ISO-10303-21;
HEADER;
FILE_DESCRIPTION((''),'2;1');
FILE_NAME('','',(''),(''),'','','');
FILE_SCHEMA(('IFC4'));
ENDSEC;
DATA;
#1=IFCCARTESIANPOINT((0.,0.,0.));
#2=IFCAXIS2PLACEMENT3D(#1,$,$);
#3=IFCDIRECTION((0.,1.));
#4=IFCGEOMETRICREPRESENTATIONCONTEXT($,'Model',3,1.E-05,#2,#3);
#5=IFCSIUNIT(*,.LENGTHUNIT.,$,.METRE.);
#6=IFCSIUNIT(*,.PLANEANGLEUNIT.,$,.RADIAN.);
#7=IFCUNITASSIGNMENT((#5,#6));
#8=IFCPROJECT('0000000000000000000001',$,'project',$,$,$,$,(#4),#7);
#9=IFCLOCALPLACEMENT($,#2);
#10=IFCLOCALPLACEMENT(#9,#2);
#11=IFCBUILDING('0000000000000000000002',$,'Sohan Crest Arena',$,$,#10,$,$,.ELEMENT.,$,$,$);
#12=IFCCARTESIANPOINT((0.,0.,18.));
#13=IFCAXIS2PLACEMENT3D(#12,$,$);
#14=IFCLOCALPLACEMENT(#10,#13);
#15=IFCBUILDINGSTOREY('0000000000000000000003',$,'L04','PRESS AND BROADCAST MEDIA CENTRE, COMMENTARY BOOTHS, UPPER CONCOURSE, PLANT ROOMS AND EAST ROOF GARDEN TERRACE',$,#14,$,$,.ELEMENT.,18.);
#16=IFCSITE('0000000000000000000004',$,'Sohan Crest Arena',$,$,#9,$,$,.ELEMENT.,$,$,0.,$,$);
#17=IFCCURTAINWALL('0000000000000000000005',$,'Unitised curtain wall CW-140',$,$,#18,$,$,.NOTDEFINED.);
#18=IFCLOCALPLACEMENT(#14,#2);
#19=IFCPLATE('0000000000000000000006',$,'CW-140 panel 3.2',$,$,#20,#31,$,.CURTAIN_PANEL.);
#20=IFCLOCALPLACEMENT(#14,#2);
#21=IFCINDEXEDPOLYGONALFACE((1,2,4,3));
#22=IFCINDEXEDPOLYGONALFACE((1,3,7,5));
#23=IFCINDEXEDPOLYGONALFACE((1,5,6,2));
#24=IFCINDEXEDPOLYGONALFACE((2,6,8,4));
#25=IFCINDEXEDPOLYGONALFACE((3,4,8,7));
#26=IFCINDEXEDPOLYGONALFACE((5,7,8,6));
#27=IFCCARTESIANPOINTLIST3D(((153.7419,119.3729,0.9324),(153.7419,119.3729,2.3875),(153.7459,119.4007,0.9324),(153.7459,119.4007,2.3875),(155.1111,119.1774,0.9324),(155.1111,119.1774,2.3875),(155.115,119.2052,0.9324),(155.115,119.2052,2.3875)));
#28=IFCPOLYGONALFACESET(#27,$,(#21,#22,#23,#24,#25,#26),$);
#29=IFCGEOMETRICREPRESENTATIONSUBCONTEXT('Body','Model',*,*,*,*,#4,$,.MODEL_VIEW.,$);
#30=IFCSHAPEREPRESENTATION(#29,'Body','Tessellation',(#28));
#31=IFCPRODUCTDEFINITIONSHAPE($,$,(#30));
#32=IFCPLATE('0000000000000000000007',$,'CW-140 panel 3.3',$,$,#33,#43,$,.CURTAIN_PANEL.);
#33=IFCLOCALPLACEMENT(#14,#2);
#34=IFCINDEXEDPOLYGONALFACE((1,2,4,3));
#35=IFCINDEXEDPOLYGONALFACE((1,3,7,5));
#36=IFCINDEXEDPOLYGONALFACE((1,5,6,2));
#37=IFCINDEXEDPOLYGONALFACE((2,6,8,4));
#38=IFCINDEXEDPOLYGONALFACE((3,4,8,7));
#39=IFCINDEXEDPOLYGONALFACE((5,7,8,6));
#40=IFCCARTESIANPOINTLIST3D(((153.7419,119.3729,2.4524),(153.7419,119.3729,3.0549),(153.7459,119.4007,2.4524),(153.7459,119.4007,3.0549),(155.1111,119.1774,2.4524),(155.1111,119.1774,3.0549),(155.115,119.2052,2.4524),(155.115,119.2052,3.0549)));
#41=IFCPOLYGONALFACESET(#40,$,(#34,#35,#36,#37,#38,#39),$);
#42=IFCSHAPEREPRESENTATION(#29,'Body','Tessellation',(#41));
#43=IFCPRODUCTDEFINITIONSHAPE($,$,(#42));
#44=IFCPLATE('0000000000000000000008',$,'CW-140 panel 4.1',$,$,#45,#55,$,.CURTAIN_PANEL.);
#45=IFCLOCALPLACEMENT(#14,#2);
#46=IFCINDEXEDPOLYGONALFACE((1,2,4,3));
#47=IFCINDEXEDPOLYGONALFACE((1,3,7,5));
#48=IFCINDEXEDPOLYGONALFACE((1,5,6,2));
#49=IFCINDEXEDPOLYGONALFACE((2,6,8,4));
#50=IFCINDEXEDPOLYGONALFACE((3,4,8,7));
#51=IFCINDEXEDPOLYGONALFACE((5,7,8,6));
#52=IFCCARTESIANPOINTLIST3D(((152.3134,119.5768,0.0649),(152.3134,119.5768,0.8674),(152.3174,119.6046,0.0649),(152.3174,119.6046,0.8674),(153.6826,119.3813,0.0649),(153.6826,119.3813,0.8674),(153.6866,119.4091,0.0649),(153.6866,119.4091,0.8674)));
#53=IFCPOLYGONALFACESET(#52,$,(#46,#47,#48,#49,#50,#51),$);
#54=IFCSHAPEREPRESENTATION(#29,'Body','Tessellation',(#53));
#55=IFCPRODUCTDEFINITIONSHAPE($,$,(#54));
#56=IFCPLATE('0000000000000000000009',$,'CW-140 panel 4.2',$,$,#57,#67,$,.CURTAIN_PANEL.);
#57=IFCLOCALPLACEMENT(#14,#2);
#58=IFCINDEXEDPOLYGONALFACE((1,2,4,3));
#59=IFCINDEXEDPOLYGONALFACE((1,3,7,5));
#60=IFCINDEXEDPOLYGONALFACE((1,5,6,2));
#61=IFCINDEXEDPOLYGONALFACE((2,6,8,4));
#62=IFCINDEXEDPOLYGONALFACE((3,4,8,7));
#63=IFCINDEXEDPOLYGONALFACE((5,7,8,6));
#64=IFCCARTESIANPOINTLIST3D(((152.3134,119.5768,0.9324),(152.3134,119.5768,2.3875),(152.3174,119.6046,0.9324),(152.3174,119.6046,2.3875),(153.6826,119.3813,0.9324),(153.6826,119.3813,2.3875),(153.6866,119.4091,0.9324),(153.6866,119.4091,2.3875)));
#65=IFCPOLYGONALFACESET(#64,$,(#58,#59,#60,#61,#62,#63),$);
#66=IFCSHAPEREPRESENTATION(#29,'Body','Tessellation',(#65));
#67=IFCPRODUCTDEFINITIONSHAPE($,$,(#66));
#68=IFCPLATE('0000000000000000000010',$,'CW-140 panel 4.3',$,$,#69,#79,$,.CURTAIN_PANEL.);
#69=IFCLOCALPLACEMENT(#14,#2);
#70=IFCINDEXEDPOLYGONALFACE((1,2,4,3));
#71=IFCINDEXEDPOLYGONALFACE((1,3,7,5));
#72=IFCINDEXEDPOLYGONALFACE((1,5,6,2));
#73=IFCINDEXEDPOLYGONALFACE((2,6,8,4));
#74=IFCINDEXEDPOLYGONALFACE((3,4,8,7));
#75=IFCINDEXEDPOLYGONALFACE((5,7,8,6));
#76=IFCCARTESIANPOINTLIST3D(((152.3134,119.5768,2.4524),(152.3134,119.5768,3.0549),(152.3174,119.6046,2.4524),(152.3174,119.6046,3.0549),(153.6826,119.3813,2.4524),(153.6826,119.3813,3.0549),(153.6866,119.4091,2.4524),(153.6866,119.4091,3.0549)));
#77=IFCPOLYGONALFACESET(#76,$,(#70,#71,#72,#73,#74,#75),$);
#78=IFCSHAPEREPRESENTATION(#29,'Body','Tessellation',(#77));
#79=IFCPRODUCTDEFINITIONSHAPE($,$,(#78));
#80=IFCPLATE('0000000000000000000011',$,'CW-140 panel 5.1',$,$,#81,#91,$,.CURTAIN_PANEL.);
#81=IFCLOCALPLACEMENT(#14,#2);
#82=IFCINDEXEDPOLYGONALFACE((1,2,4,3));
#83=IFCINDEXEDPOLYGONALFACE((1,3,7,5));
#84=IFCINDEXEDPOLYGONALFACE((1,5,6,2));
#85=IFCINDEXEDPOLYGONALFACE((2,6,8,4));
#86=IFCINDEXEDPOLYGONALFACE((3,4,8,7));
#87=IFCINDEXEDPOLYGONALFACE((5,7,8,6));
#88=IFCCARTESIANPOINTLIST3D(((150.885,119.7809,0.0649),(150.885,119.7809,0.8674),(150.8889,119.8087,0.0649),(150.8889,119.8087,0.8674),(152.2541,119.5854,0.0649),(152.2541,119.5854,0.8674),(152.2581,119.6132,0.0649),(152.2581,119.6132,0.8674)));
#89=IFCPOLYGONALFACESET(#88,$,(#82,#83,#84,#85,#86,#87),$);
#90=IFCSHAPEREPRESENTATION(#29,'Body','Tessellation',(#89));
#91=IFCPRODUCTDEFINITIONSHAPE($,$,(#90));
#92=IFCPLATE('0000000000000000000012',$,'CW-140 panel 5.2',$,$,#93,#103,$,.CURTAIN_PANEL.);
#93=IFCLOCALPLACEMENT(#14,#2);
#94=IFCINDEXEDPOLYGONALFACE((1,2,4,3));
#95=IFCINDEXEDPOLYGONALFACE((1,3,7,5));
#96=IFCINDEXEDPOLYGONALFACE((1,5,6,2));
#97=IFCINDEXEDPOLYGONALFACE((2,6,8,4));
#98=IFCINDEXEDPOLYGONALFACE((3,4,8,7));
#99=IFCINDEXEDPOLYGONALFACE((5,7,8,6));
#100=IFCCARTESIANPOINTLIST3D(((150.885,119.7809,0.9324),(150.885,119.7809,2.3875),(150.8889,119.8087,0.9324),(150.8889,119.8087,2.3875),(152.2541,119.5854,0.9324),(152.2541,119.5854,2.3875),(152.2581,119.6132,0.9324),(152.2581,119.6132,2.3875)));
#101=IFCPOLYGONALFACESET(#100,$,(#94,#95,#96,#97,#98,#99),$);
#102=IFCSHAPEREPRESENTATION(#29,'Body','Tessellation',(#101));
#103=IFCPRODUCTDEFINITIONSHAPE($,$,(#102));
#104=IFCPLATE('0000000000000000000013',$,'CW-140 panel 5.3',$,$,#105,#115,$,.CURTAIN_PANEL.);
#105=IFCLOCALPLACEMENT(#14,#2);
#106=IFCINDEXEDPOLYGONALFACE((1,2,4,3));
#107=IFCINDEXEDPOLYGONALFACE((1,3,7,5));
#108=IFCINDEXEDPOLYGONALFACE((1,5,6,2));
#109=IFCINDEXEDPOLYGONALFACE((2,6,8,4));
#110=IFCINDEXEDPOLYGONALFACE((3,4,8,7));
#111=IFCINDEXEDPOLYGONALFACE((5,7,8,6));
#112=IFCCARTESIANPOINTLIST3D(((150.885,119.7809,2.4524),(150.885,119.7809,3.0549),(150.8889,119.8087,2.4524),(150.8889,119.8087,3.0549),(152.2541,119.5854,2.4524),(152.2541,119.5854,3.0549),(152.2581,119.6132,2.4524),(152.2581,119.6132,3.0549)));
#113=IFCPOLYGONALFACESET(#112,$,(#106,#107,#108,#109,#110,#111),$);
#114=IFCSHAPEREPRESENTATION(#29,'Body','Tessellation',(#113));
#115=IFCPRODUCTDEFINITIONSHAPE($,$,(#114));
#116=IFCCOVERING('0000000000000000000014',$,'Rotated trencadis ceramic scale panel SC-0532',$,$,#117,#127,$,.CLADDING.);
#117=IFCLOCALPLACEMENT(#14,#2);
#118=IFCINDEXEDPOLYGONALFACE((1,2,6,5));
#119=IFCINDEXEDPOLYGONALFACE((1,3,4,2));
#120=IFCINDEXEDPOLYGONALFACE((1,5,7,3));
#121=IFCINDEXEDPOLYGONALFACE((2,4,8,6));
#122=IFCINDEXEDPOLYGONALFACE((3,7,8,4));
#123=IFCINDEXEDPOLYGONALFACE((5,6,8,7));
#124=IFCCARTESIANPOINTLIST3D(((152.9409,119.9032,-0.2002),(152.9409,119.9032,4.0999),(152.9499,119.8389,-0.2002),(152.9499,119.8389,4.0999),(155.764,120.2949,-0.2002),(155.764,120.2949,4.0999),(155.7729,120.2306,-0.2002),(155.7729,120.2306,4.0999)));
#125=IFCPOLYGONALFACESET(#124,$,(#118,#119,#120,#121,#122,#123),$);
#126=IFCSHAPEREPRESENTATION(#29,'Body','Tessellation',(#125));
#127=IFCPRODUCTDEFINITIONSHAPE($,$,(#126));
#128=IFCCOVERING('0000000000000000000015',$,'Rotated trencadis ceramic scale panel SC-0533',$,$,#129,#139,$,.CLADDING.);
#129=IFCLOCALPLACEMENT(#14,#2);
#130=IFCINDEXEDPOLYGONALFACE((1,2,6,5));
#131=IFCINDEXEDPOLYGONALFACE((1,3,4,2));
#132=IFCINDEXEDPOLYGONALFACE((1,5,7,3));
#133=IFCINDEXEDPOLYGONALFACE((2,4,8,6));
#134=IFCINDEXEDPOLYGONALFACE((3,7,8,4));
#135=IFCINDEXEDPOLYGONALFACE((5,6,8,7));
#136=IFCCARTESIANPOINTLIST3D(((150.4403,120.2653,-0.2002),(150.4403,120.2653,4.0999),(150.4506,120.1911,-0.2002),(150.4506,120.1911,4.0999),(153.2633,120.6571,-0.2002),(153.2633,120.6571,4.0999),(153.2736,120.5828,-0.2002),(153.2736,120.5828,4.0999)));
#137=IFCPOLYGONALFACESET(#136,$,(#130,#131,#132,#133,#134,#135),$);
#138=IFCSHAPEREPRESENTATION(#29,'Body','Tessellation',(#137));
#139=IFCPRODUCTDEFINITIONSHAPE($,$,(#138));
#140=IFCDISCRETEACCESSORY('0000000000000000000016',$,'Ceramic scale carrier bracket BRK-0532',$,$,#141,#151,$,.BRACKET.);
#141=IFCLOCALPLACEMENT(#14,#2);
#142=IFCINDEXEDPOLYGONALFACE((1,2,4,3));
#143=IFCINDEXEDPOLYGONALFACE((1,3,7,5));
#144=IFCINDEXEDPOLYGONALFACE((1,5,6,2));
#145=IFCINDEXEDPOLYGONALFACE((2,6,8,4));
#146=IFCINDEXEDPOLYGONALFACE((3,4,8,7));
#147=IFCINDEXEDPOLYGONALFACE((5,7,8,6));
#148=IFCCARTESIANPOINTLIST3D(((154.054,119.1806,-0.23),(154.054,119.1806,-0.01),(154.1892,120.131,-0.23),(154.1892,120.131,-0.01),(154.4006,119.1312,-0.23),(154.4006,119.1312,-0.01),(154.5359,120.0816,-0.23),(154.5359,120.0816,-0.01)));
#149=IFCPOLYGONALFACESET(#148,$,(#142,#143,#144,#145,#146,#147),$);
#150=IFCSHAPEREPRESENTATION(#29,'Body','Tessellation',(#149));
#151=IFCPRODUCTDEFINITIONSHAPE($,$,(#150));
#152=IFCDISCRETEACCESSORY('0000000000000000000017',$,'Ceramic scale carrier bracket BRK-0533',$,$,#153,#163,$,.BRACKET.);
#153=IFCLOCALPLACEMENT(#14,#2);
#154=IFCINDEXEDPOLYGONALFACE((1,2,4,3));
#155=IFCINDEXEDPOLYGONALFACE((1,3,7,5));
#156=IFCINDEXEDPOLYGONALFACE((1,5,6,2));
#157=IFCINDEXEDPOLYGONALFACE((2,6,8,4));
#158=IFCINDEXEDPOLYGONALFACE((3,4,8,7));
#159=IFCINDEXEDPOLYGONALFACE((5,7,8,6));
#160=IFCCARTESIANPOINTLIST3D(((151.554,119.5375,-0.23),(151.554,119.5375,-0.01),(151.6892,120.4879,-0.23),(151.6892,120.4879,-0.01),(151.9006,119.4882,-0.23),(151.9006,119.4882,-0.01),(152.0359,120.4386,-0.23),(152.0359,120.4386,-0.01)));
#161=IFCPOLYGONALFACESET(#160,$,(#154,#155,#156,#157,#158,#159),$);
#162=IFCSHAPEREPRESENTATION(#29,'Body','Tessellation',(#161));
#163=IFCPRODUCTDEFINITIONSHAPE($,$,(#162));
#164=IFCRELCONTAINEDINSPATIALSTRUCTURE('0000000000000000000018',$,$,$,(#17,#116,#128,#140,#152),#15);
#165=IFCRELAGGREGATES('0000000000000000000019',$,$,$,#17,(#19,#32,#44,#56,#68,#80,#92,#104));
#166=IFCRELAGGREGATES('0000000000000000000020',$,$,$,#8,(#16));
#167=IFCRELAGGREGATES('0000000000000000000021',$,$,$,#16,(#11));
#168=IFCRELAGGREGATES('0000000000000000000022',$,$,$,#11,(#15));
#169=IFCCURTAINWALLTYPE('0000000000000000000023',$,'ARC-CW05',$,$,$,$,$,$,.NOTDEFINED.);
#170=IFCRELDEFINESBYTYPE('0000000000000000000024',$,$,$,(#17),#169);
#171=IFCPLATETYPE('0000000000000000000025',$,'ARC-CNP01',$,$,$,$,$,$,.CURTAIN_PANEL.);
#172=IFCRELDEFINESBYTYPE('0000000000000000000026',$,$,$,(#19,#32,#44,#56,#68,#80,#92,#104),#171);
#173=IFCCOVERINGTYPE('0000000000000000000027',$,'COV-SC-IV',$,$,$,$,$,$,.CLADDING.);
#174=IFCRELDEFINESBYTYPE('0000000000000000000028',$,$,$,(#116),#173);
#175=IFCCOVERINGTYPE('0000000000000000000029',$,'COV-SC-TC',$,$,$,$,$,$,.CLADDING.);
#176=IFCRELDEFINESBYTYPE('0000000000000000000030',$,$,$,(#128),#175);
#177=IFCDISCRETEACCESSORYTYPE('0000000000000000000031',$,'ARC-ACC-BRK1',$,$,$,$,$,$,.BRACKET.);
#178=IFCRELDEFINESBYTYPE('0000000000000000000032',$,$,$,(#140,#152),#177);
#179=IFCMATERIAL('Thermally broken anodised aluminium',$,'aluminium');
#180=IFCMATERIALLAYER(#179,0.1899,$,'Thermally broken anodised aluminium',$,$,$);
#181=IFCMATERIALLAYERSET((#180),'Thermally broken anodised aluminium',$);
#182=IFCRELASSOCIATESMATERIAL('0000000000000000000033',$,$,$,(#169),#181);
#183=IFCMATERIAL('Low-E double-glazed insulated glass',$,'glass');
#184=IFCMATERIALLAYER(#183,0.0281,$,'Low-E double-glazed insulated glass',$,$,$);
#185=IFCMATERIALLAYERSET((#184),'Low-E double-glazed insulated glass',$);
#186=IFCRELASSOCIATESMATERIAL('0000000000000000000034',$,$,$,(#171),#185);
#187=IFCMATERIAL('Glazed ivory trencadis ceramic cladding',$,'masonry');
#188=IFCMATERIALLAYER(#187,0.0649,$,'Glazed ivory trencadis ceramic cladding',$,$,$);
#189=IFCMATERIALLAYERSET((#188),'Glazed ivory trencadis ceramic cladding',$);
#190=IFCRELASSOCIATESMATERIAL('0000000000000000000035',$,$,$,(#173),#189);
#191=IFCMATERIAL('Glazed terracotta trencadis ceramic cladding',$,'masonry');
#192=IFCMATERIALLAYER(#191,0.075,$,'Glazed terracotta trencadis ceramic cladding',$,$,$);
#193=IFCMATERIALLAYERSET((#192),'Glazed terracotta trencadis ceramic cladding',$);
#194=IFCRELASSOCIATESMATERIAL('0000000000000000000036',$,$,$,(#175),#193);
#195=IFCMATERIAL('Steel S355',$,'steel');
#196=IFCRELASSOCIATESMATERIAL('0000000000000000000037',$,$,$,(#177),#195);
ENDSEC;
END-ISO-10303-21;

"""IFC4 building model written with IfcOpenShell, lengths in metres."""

from ifc_helpers import new_model, si_unit, direction, frame, origin, origin_2d, place, context, subcontext, project, spatial, rectangle, extrude, material, layer, layer_set, type_object, element, aggregate, save


model = new_model("IFC4")

# Units and contexts
model_context = context("Model", 3, precision=1e-05, world=origin(), true_north=direction((0.0, 1.0)))
body_context = subcontext(model_context, "Body", "Model", "MODEL_VIEW")
ifc_project = project(units=[si_unit("LENGTHUNIT", "METRE"), si_unit("PLANEANGLEUNIT", "RADIAN")], contexts=[model_context])

# Site, building, storey
site_placement = place(None, origin())
site = spatial("IfcSite", under=ifc_project, at=site_placement, Name="Sohan Crest Arena", CompositionType="ELEMENT", RefElevation=0.0)
building_placement = place(site_placement, origin())
building = spatial("IfcBuilding", under=site, at=building_placement, Name="Sohan Crest Arena", CompositionType="ELEMENT")
storey_placement = place(building_placement, frame((0.0, 0.0, 18.0)))
storey = spatial("IfcBuildingStorey", under=building, at=storey_placement, Name="L04", Description="PRESS AND BROADCAST MEDIA CENTRE, COMMENTARY BOOTHS, UPPER CONCOURSE, PLANT ROOMS AND EAST ROOF GARDEN TERRACE", CompositionType="ELEMENT", Elevation=18.0)

# Curtain wall, plates
ifc_material_1 = material(Name="Thermally broken anodised aluminium", Category="aluminium")
ifc_layer_1 = layer(ifc_material_1, 0.1899, Name="Thermally broken anodised aluminium")
ifc_layer_set_1 = layer_set([ifc_layer_1], Name="Thermally broken anodised aluminium")
curtain_wall_type = type_object("IfcCurtainWallType", Name="ARC-CW05", PredefinedType="NOTDEFINED", material=ifc_layer_set_1)
curtain_wall_placement = place(storey_placement, origin())
curtain_wall = element("IfcCurtainWall", 1, at=curtain_wall_placement, inside=storey, type_object=curtain_wall_type, Name="Unitised curtain wall CW-140", PredefinedType="NOTDEFINED")
ifc_material_2 = material(Name="Low-E double-glazed insulated glass", Category="glass")
ifc_layer_2 = layer(ifc_material_2, 0.0281, Name="Low-E double-glazed insulated glass")
ifc_layer_set_2 = layer_set([ifc_layer_2], Name="Low-E double-glazed insulated glass")
plate_type = type_object("IfcPlateType", Name="ARC-CNP01", PredefinedType="CURTAIN_PANEL", material=ifc_layer_set_2)
plate_1_placement = place(storey_placement, frame((154.4285, 119.2891, 0.9324), z_axis=(0.0, 0.0, 1.0), x_axis=(-0.989957, 0.141366, 0.0)))
plate_1 = element("IfcPlate", 2, at=plate_1_placement, type_object=plate_type, Name="CW-140 panel 3.2", PredefinedType="CURTAIN_PANEL", context=body_context, shape_type="SweptSolid", body=[
    extrude(rectangle(XDim=1.3831, YDim=0.0281, at=origin_2d()), origin(), (0.0, 0.0, 1.0), 1.4551),
])
plate_2_placement = place(storey_placement, frame((154.4285, 119.2891, 2.4524), z_axis=(0.0, 0.0, 1.0), x_axis=(-0.989957, 0.141366, 0.0)))
plate_2 = element("IfcPlate", 3, at=plate_2_placement, type_object=plate_type, Name="CW-140 panel 3.3", PredefinedType="CURTAIN_PANEL", context=body_context, shape_type="SweptSolid", body=[
    extrude(rectangle(XDim=1.3831, YDim=0.0281, at=origin_2d()), origin(), (0.0, 0.0, 1.0), 0.6025),
])
plate_3_placement = place(storey_placement, frame((153.0, 119.4929, 0.0649), z_axis=(0.0, 0.0, 1.0), x_axis=(-0.989957, 0.141366, 0.0)))
plate_3 = element("IfcPlate", 4, at=plate_3_placement, type_object=plate_type, Name="CW-140 panel 4.1", PredefinedType="CURTAIN_PANEL", context=body_context, shape_type="SweptSolid", body=[
    extrude(rectangle(XDim=1.3831, YDim=0.0281, at=origin_2d()), origin(), (0.0, 0.0, 1.0), 0.8025),
])
plate_4_placement = place(storey_placement, frame((153.0, 119.4929, 0.9324), z_axis=(0.0, 0.0, 1.0), x_axis=(-0.989957, 0.141366, 0.0)))
plate_4 = element("IfcPlate", 5, at=plate_4_placement, type_object=plate_type, Name="CW-140 panel 4.2", PredefinedType="CURTAIN_PANEL", context=body_context, shape_type="SweptSolid", body=[
    extrude(rectangle(XDim=1.3831, YDim=0.0281, at=origin_2d()), origin(), (0.0, 0.0, 1.0), 1.4551),
])
plate_5_placement = place(storey_placement, frame((153.0, 119.4929, 2.4524), z_axis=(0.0, 0.0, 1.0), x_axis=(-0.989957, 0.141366, 0.0)))
plate_5 = element("IfcPlate", 6, at=plate_5_placement, type_object=plate_type, Name="CW-140 panel 4.3", PredefinedType="CURTAIN_PANEL", context=body_context, shape_type="SweptSolid", body=[
    extrude(rectangle(XDim=1.3831, YDim=0.0281, at=origin_2d()), origin(), (0.0, 0.0, 1.0), 0.6025),
])
plate_6_placement = place(storey_placement, frame((151.5715, 119.697, 0.0649), z_axis=(0.0, 0.0, 1.0), x_axis=(-0.989957, 0.141366, 0.0)))
plate_6 = element("IfcPlate", 7, at=plate_6_placement, type_object=plate_type, Name="CW-140 panel 5.1", PredefinedType="CURTAIN_PANEL", context=body_context, shape_type="SweptSolid", body=[
    extrude(rectangle(XDim=1.3831, YDim=0.0281, at=origin_2d()), origin(), (0.0, 0.0, 1.0), 0.8025),
])
plate_7_placement = place(storey_placement, frame((151.5715, 119.697, 0.9324), z_axis=(0.0, 0.0, 1.0), x_axis=(-0.989957, 0.141366, 0.0)))
plate_7 = element("IfcPlate", 8, at=plate_7_placement, type_object=plate_type, Name="CW-140 panel 5.2", PredefinedType="CURTAIN_PANEL", context=body_context, shape_type="SweptSolid", body=[
    extrude(rectangle(XDim=1.3831, YDim=0.0281, at=origin_2d()), origin(), (0.0, 0.0, 1.0), 1.4551),
])
plate_8_placement = place(storey_placement, frame((151.5715, 119.697, 2.4524), z_axis=(0.0, 0.0, 1.0), x_axis=(-0.989957, 0.141366, 0.0)))
plate_8 = element("IfcPlate", 9, at=plate_8_placement, type_object=plate_type, Name="CW-140 panel 5.3", PredefinedType="CURTAIN_PANEL", context=body_context, shape_type="SweptSolid", body=[
    extrude(rectangle(XDim=1.3831, YDim=0.0281, at=origin_2d()), origin(), (0.0, 0.0, 1.0), 0.6025),
])
aggregate(curtain_wall, [plate_1, plate_2, plate_3, plate_4, plate_5, plate_6, plate_7, plate_8])

# Coverings
ifc_material_3 = material(Name="Glazed ivory trencadis ceramic cladding", Category="masonry")
ifc_layer_3 = layer(ifc_material_3, 0.0649, Name="Glazed ivory trencadis ceramic cladding")
ifc_layer_set_3 = layer_set([ifc_layer_3], Name="Glazed ivory trencadis ceramic cladding")
covering_type_1 = type_object("IfcCoveringType", Name="COV-SC-IV", PredefinedType="CLADDING", material=ifc_layer_set_3)
covering_1_placement = place(storey_placement, frame((154.3569, 120.0669, -0.2002), z_axis=(0.0, 0.0, 1.0), x_axis=(-0.990509, -0.137445, 0.0)))
element("IfcCovering", 10, at=covering_1_placement, inside=storey, type_object=covering_type_1, Name="Rotated trencadis ceramic scale panel SC-0532", PredefinedType="CLADDING", context=body_context, shape_type="SweptSolid", body=[
    extrude(rectangle(XDim=2.8501, YDim=0.0649, at=origin_2d()), origin(), (0.0, 0.0, 1.0), 4.3),
])
ifc_material_4 = material(Name="Glazed terracotta trencadis ceramic cladding", Category="masonry")
ifc_layer_4 = layer(ifc_material_4, 0.075, Name="Glazed terracotta trencadis ceramic cladding")
ifc_layer_set_4 = layer_set([ifc_layer_4], Name="Glazed terracotta trencadis ceramic cladding")
covering_type_2 = type_object("IfcCoveringType", Name="COV-SC-TC", PredefinedType="CLADDING", material=ifc_layer_set_4)
covering_2_placement = place(storey_placement, frame((151.8569, 120.4241, -0.2002), z_axis=(0.0, 0.0, 1.0), x_axis=(-0.990509, -0.137445, 0.0)))
element("IfcCovering", 11, at=covering_2_placement, inside=storey, type_object=covering_type_2, Name="Rotated trencadis ceramic scale panel SC-0533", PredefinedType="CLADDING", context=body_context, shape_type="SweptSolid", body=[
    extrude(rectangle(XDim=2.8501, YDim=0.075, at=origin_2d()), origin(), (0.0, 0.0, 1.0), 4.3),
])

# Discrete accessories
ifc_material_5 = material(Name="Steel S355", Category="steel")
discrete_accessory_type = type_object("IfcDiscreteAccessoryType", Name="ARC-ACC-BRK1", PredefinedType="BRACKET", material=ifc_material_5)
for number, where, z_axis, x_axis, name in (
    (12, (154.2949, 119.6311, -0.23), (0.0, 0.0, 1.0), (-0.990024, 0.140901, 0.0), "Ceramic scale carrier bracket BRK-0532"),
    (13, (151.7949, 119.988, -0.23), (0.0, 0.0, 1.0), (-0.990024, 0.140901, 0.0), "Ceramic scale carrier bracket BRK-0533"),
):
    element("IfcDiscreteAccessory", number, at=place(storey_placement, frame(where, z_axis=z_axis, x_axis=x_axis)), inside=storey, type_object=discrete_accessory_type, Name=name, PredefinedType="BRACKET", context=body_context, shape_type="SweptSolid", body=[
        extrude(rectangle(XDim=0.3501, YDim=0.96, at=origin_2d()), origin(), (0.0, 0.0, 1.0), 0.22),
    ])

save(model, "model.ifc")
